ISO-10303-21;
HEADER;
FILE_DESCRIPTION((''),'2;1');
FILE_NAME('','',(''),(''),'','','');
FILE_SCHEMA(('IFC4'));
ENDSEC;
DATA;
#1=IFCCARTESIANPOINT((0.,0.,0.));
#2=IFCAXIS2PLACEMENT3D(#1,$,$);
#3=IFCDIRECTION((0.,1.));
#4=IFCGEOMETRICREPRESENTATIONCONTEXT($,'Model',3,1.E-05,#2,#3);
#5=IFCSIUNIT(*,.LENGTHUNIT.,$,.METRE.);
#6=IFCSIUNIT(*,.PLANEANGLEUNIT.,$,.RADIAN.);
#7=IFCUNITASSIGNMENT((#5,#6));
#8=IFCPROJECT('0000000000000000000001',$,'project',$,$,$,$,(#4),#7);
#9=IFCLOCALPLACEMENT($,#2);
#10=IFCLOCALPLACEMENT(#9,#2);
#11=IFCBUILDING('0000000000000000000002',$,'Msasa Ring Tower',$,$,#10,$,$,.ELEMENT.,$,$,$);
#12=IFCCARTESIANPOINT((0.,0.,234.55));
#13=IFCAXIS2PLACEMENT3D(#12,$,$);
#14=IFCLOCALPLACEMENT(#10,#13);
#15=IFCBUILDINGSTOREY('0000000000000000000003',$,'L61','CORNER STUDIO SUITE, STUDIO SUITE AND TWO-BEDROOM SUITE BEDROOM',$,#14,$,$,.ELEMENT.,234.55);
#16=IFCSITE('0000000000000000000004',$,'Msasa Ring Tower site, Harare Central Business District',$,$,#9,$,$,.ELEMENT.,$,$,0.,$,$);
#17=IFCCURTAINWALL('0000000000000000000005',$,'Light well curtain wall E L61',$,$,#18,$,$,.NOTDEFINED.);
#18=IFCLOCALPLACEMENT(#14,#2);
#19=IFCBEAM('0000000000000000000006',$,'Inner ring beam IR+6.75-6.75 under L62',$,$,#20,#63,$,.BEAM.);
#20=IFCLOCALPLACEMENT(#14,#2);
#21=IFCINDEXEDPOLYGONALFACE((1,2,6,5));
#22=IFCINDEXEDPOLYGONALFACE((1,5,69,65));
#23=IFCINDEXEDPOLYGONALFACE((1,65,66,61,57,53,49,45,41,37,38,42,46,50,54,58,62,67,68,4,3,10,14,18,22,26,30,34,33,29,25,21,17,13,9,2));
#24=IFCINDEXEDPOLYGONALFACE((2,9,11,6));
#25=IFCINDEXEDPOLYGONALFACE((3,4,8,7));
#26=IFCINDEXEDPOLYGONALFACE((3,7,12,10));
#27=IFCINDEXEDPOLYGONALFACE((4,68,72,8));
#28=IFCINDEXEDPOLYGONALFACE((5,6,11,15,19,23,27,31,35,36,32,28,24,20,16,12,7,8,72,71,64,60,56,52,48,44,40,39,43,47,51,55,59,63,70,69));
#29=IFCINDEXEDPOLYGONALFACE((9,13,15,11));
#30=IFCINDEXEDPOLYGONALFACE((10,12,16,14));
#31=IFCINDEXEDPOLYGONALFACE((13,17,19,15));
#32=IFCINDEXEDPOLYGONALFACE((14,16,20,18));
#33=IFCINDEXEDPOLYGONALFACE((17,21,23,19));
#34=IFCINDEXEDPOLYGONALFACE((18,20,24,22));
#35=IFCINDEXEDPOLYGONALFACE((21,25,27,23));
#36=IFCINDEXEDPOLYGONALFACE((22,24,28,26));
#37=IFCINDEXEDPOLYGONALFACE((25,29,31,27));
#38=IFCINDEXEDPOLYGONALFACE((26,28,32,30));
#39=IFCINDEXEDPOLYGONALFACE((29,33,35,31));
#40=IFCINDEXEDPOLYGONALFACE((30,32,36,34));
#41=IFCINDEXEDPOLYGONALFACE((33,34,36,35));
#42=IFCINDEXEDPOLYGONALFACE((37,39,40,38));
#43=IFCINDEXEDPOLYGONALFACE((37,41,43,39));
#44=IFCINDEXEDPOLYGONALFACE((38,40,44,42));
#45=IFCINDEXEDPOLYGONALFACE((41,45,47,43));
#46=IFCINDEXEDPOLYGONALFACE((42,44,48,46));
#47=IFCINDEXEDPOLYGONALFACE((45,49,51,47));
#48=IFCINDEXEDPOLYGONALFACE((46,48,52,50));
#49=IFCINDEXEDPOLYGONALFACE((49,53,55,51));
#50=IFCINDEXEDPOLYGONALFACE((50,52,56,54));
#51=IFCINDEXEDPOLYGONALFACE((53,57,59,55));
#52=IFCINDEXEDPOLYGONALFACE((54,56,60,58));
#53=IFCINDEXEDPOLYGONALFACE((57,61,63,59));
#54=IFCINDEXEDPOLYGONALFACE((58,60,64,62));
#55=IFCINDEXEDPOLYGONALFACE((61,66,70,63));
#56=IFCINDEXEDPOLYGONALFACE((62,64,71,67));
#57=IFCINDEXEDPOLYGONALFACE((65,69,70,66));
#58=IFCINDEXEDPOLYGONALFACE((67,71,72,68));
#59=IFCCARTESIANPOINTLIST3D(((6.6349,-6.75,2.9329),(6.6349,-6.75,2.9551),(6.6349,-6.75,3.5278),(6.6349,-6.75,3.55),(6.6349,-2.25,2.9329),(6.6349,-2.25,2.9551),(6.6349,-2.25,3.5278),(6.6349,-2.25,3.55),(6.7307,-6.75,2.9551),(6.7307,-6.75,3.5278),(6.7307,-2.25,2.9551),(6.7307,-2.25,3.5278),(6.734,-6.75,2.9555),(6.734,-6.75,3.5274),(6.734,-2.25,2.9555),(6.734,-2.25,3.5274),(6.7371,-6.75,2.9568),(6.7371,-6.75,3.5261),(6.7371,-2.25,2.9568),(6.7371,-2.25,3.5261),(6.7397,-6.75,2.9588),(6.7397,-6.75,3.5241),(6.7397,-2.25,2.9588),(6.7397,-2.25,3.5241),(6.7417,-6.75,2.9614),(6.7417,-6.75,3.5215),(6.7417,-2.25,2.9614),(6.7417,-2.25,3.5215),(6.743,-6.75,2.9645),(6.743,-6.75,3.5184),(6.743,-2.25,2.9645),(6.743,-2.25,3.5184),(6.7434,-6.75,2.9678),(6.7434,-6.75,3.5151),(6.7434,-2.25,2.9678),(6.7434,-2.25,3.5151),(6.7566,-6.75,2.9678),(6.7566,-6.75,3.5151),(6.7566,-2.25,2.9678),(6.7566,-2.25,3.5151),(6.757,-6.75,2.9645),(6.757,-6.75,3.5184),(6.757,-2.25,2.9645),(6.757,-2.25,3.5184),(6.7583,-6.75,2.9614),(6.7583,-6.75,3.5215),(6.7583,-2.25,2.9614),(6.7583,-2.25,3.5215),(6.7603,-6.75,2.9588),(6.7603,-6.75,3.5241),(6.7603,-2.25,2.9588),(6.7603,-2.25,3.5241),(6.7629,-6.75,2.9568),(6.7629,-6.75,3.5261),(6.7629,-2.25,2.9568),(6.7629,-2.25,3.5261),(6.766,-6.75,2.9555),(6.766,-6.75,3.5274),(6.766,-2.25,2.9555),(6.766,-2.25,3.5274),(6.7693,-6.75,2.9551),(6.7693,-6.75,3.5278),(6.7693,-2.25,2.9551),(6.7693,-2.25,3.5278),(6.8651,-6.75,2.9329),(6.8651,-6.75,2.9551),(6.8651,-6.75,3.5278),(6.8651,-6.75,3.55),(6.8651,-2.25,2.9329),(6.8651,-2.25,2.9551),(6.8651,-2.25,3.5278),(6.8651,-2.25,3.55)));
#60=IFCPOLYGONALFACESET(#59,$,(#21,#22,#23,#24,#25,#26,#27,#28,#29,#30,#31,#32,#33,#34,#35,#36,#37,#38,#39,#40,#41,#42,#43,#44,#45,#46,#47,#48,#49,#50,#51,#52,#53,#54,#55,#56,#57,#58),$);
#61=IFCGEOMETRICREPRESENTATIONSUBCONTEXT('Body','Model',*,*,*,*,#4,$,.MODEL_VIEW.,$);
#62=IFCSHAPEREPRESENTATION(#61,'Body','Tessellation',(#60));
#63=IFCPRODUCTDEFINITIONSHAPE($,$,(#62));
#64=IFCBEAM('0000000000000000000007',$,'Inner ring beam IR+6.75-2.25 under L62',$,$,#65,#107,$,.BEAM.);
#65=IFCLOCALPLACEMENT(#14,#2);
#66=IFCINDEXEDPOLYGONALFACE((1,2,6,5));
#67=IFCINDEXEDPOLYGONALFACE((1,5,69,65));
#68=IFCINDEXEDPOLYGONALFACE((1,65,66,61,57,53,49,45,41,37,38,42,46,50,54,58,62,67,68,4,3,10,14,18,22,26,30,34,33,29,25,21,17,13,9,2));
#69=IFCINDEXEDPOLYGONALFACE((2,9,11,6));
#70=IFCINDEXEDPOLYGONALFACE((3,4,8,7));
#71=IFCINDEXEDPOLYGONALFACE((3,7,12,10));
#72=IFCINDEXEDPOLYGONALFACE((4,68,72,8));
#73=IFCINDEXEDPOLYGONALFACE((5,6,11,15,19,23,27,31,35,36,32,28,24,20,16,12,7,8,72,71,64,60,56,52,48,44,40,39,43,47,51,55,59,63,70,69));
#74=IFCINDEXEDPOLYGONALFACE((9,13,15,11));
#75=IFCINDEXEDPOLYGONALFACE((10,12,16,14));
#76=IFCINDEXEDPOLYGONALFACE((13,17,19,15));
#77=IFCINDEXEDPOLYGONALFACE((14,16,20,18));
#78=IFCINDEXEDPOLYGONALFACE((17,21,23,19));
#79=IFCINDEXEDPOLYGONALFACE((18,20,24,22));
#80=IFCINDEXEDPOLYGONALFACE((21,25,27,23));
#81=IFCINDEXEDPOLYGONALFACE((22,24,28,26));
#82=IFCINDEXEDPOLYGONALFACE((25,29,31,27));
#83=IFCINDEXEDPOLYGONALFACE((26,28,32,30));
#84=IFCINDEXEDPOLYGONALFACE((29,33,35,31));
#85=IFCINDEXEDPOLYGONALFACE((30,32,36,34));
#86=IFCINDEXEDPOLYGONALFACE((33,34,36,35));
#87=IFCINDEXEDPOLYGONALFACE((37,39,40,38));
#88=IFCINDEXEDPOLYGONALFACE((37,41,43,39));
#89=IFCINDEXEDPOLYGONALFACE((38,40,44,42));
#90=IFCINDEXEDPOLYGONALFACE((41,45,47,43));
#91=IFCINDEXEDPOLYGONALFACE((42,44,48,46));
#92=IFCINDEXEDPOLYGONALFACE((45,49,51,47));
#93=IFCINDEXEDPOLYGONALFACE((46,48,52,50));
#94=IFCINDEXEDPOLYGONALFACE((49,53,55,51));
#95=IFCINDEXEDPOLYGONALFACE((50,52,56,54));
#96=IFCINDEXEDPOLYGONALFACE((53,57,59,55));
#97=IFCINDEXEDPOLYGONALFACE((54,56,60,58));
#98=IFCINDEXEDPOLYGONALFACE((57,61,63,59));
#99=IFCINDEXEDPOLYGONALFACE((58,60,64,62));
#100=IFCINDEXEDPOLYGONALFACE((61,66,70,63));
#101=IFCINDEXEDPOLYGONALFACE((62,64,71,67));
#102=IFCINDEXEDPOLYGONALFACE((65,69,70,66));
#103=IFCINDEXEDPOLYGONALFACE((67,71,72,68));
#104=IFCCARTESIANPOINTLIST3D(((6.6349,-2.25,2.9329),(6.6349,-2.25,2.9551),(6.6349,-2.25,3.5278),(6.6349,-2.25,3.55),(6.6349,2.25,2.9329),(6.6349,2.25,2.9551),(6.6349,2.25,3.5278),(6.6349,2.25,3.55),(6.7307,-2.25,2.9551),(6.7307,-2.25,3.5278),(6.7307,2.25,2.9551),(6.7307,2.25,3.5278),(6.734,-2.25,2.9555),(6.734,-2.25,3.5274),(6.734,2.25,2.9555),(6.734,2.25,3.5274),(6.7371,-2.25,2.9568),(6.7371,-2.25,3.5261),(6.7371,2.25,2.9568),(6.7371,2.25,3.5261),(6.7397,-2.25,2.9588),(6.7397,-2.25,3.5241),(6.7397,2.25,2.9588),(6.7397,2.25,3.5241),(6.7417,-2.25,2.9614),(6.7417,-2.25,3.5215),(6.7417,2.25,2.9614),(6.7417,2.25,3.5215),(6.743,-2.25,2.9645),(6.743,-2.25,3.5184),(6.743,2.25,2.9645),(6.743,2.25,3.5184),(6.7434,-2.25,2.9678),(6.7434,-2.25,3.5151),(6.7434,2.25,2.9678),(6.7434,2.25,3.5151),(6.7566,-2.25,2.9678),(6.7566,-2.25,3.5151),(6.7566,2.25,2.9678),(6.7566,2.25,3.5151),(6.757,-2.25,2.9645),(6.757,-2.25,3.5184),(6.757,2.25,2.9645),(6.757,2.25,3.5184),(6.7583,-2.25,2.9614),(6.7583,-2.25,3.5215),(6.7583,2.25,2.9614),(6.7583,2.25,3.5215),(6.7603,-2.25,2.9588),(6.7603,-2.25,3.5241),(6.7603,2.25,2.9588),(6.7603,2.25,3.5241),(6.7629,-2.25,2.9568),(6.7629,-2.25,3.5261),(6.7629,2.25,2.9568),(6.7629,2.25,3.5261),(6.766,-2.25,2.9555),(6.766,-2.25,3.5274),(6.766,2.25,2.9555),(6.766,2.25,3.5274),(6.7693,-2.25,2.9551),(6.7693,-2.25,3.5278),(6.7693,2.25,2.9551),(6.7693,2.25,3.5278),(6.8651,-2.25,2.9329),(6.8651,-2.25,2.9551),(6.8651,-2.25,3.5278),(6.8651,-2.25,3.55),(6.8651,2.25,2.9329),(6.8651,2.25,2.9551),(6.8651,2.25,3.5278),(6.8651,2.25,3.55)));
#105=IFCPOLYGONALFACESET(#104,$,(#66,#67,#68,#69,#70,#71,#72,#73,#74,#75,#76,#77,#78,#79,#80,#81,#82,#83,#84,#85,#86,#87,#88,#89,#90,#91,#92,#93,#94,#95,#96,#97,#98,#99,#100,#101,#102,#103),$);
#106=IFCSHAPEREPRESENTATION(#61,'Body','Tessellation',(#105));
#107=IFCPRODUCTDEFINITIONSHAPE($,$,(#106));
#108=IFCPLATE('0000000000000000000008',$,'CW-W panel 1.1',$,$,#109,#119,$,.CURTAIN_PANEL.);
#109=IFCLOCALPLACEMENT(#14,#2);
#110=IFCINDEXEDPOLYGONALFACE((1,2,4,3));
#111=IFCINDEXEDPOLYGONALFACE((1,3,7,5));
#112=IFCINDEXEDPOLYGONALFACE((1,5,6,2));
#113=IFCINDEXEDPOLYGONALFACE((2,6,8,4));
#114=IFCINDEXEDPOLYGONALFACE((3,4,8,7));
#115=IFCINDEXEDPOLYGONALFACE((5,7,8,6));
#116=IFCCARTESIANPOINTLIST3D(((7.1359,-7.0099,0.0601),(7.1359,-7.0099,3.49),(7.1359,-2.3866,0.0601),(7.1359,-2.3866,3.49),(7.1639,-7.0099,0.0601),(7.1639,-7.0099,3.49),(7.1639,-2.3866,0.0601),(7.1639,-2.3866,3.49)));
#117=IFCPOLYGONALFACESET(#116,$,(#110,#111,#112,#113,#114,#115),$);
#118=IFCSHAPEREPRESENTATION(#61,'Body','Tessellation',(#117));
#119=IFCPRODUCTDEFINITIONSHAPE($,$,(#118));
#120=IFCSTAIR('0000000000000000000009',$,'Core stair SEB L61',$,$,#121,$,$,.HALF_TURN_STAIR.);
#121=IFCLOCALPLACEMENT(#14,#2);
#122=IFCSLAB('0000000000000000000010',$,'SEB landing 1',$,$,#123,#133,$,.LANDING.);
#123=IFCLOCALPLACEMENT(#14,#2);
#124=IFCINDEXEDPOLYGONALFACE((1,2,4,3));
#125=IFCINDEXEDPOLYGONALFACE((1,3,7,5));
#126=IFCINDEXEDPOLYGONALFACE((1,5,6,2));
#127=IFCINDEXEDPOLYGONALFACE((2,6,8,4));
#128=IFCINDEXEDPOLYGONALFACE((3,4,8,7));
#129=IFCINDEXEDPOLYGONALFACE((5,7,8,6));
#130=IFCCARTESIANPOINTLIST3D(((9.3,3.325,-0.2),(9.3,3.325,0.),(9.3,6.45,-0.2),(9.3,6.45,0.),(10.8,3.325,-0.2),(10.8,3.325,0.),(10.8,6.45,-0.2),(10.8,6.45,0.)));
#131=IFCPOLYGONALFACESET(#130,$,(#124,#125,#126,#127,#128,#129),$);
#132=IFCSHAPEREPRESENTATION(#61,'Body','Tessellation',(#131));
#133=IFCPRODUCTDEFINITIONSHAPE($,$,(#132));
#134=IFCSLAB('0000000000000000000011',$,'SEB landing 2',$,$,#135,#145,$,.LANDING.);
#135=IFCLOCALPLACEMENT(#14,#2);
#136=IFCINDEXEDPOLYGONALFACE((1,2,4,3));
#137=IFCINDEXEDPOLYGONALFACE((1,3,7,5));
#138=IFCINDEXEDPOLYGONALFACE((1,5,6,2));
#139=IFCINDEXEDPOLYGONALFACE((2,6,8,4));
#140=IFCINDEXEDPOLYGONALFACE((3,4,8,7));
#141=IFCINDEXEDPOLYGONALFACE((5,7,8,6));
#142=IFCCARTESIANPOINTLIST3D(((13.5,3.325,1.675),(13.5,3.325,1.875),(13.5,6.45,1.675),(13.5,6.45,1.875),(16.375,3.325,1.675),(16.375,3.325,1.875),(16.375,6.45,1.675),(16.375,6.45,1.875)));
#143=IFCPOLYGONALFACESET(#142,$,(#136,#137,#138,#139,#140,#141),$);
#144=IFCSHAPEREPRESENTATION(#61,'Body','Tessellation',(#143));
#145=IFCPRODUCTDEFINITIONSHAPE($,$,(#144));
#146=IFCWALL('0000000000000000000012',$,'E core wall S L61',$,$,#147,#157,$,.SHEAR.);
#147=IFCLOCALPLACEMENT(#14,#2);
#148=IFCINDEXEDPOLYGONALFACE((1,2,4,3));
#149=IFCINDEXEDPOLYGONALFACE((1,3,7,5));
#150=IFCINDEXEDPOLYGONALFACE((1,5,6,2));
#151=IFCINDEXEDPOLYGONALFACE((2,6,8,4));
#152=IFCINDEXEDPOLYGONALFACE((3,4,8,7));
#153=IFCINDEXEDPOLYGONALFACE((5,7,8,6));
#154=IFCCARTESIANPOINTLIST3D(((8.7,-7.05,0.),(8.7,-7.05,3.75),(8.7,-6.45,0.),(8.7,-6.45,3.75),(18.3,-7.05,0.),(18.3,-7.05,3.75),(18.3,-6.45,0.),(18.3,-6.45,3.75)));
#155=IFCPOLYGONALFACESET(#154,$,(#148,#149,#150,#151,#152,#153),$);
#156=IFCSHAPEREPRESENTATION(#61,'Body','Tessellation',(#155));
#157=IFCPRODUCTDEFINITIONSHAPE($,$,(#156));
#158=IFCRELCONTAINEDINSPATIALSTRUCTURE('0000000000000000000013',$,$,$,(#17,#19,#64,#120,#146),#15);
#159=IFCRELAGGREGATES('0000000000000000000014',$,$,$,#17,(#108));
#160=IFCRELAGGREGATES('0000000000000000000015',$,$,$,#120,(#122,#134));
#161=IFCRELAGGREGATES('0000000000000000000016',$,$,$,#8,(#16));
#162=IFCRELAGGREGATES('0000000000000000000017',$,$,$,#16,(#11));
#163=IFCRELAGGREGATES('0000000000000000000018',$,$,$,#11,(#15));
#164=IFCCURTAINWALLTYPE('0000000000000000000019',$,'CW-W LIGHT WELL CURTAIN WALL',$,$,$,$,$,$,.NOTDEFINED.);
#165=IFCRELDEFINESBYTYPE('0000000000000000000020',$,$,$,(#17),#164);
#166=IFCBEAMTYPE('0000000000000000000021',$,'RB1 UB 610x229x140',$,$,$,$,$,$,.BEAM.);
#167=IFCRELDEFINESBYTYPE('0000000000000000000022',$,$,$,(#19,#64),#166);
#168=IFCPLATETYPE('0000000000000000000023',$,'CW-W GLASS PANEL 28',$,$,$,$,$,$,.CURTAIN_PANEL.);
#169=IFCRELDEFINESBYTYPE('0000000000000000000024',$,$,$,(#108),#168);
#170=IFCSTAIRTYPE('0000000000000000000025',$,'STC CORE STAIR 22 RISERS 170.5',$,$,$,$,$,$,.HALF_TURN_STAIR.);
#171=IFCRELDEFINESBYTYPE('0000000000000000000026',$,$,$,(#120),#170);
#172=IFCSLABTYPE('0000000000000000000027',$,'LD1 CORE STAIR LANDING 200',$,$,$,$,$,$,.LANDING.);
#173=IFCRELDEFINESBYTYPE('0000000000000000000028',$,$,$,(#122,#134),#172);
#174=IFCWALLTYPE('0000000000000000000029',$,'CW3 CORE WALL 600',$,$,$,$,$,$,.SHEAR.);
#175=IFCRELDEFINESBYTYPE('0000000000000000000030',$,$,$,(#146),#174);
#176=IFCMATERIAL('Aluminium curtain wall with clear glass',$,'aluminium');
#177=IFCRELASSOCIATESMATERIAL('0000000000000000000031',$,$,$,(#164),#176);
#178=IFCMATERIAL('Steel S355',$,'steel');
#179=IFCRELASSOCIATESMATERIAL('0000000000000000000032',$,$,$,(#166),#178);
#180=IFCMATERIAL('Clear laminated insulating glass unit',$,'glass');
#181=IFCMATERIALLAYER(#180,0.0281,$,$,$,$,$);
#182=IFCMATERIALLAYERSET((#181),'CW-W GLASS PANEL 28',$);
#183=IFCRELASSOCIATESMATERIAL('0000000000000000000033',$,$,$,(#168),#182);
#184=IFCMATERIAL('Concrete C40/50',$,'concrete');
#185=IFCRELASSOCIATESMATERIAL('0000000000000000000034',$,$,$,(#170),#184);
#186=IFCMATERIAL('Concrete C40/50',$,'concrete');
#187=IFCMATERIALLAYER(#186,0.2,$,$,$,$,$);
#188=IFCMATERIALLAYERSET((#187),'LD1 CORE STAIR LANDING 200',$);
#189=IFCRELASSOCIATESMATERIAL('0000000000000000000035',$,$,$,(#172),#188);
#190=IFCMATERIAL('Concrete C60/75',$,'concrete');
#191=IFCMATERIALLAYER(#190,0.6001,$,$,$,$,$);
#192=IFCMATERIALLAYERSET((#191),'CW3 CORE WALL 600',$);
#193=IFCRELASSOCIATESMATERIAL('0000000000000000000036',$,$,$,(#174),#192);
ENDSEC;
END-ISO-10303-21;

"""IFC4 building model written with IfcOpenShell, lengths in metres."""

from ifc_helpers import new_model, si_unit, direction, frame, frame_2d, origin, origin_2d, place, context, subcontext, project, spatial, polyline, rectangle, i_section, outline, extrude, material, layer, layer_set, material_profile, profile_set, type_object, element, aggregate, save


model = new_model("IFC4")

# Units and contexts
model_context = context("Model", 3, precision=1e-05, world=origin(), true_north=direction((0.0, 1.0)))
body_context = subcontext(model_context, "Body", "Model", "MODEL_VIEW")
ifc_project = project(units=[si_unit("LENGTHUNIT", "METRE"), si_unit("PLANEANGLEUNIT", "RADIAN")], contexts=[model_context])

# Site, building, storey
site_placement = place(None, origin())
site = spatial("IfcSite", under=ifc_project, at=site_placement, Name="Msasa Ring Tower site, Harare Central Business District", CompositionType="ELEMENT", RefElevation=0.0)
building_placement = place(site_placement, origin())
building = spatial("IfcBuilding", under=site, at=building_placement, Name="Msasa Ring Tower", CompositionType="ELEMENT")
storey_placement = place(building_placement, frame((0.0, 0.0, 234.55)))
storey = spatial("IfcBuildingStorey", under=building, at=storey_placement, Name="L61", Description="CORNER STUDIO SUITE, STUDIO SUITE AND TWO-BEDROOM SUITE BEDROOM", CompositionType="ELEMENT", Elevation=234.55)

# Shared definitions
ifc_material_1 = material(Name="Aluminium curtain wall with clear glass", Category="aluminium")
curtain_wall_type = type_object("IfcCurtainWallType", Name="CW-W LIGHT WELL CURTAIN WALL", PredefinedType="NOTDEFINED", material=ifc_material_1)

# Curtain wall
curtain_wall_1_placement = place(storey_placement, origin())
curtain_wall_1 = element("IfcCurtainWall", 1, at=curtain_wall_1_placement, inside=storey, type_object=curtain_wall_type, Name="Light well curtain wall E L61", PredefinedType="NOTDEFINED")

# Beams
ifc_material_2 = material(Name="Steel S355", Category="steel")
ifc_material_profile_1 = material_profile(ifc_material_2, i_section(OverallWidth=0.2302, OverallDepth=0.6172, WebThickness=0.0132, FlangeThickness=0.0222, FilletRadius=0.0127, at=origin_2d()), Name="UB 610x229x140")
ifc_profile_set_1 = profile_set([ifc_material_profile_1], Name="Steel S355")
beam_type = type_object("IfcBeamType", Name="RB1 UB 610x229x140", PredefinedType="BEAM", material=ifc_profile_set_1)
for number, where, z_axis, x_axis, name in (
    (2, (6.75, -6.75, 3.2415), (0.0, 1.0, 0.0), (-1.0, 0.0, 0.0), "Inner ring beam IR+6.75-6.75 under L62"),
    (3, (6.75, -2.25, 3.2415), (0.0, 1.0, 0.0), (-1.0, 0.0, 0.0), "Inner ring beam IR+6.75-2.25 under L62"),
):
    element("IfcBeam", number, at=place(storey_placement, frame(where, z_axis=z_axis, x_axis=x_axis)), inside=storey, type_object=beam_type, Name=name, PredefinedType="BEAM", context=body_context, shape_type="SweptSolid", body=[
        extrude(i_section(OverallWidth=0.2302, OverallDepth=0.6172, WebThickness=0.0132, FlangeThickness=0.0222, FilletRadius=0.0127, at=origin_2d()), origin(), (0.0, 0.0, 1.0), 4.5),
    ])

# Plate
ifc_material_3 = material(Name="Clear laminated insulating glass unit", Category="glass")
ifc_layer_1 = layer(ifc_material_3, 0.0281)
ifc_layer_set_1 = layer_set([ifc_layer_1], Name="CW-W GLASS PANEL 28")
plate_type = type_object("IfcPlateType", Name="CW-W GLASS PANEL 28", PredefinedType="CURTAIN_PANEL", material=ifc_layer_set_1)
plate_placement = place(storey_placement, frame((7.1499, -4.6982, 0.0601), z_axis=(0.0, 0.0, 1.0), x_axis=(0.0, 1.0, 0.0)))
plate = element("IfcPlate", 4, at=plate_placement, type_object=plate_type, Name="CW-W panel 1.1", PredefinedType="CURTAIN_PANEL", context=body_context, shape_type="SweptSolid", body=[
    extrude(rectangle(XDim=4.6233, YDim=0.0281, at=origin_2d()), origin(), (0.0, 0.0, 1.0), 3.4299),
])
aggregate(curtain_wall_1, [plate])

# Stair, slabs
ifc_material_4 = material(Name="Concrete C40/50", Category="concrete")
stair_type = type_object("IfcStairType", Name="STC CORE STAIR 22 RISERS 170.5", PredefinedType="HALF_TURN_STAIR", material=ifc_material_4)
stair_1_placement = place(storey_placement, origin())
stair_1 = element("IfcStair", 5, at=stair_1_placement, inside=storey, type_object=stair_type, Name="Core stair SEB L61", PredefinedType="HALF_TURN_STAIR")
ifc_material_5 = material(Name="Concrete C40/50", Category="concrete")
ifc_layer_2 = layer(ifc_material_5, 0.2)
ifc_layer_set_2 = layer_set([ifc_layer_2], Name="LD1 CORE STAIR LANDING 200")
slab_type = type_object("IfcSlabType", Name="LD1 CORE STAIR LANDING 200", PredefinedType="LANDING", material=ifc_layer_set_2)
slab_1_placement = place(storey_placement, frame((0.0, 0.0, -0.2)))
slab_1 = element("IfcSlab", 6, at=slab_1_placement, type_object=slab_type, Name="SEB landing 1", PredefinedType="LANDING", context=body_context, shape_type="SweptSolid", body=[
    extrude(outline(polyline([(9.3, 3.325), (10.8, 3.325), (10.8, 6.45), (9.3, 6.45), (9.3, 3.325)])), origin(), (0.0, 0.0, 1.0), 0.2),
])
slab_2_placement = place(storey_placement, frame((0.0, 0.0, 1.675)))
slab_2 = element("IfcSlab", 7, at=slab_2_placement, type_object=slab_type, Name="SEB landing 2", PredefinedType="LANDING", context=body_context, shape_type="SweptSolid", body=[
    extrude(outline(polyline([(13.5, 3.325), (16.375, 3.325), (16.375, 6.45), (13.5, 6.45), (13.5, 3.325)])), origin(), (0.0, 0.0, 1.0), 0.2),
])
aggregate(stair_1, [slab_1, slab_2])

# Wall
ifc_material_6 = material(Name="Concrete C60/75", Category="concrete")
ifc_layer_3 = layer(ifc_material_6, 0.6001)
ifc_layer_set_3 = layer_set([ifc_layer_3], Name="CW3 CORE WALL 600")
wall_type_1 = type_object("IfcWallType", Name="CW3 CORE WALL 600", PredefinedType="SHEAR", material=ifc_layer_set_3)
wall_1_placement = place(storey_placement, frame((8.7, -6.75, 0.0), z_axis=(0.0, 0.0, 1.0), x_axis=(1.0, 0.0, 0.0)))
element("IfcWall", 8, at=wall_1_placement, inside=storey, type_object=wall_type_1, Name="E core wall S L61", PredefinedType="SHEAR", context=body_context, shape_type="SweptSolid", body=[
    extrude(rectangle(XDim=9.6001, YDim=0.6001, at=frame_2d((4.8, 0.0))), origin(), (0.0, 0.0, 1.0), 3.75),
])

save(model, "model.ifc")
